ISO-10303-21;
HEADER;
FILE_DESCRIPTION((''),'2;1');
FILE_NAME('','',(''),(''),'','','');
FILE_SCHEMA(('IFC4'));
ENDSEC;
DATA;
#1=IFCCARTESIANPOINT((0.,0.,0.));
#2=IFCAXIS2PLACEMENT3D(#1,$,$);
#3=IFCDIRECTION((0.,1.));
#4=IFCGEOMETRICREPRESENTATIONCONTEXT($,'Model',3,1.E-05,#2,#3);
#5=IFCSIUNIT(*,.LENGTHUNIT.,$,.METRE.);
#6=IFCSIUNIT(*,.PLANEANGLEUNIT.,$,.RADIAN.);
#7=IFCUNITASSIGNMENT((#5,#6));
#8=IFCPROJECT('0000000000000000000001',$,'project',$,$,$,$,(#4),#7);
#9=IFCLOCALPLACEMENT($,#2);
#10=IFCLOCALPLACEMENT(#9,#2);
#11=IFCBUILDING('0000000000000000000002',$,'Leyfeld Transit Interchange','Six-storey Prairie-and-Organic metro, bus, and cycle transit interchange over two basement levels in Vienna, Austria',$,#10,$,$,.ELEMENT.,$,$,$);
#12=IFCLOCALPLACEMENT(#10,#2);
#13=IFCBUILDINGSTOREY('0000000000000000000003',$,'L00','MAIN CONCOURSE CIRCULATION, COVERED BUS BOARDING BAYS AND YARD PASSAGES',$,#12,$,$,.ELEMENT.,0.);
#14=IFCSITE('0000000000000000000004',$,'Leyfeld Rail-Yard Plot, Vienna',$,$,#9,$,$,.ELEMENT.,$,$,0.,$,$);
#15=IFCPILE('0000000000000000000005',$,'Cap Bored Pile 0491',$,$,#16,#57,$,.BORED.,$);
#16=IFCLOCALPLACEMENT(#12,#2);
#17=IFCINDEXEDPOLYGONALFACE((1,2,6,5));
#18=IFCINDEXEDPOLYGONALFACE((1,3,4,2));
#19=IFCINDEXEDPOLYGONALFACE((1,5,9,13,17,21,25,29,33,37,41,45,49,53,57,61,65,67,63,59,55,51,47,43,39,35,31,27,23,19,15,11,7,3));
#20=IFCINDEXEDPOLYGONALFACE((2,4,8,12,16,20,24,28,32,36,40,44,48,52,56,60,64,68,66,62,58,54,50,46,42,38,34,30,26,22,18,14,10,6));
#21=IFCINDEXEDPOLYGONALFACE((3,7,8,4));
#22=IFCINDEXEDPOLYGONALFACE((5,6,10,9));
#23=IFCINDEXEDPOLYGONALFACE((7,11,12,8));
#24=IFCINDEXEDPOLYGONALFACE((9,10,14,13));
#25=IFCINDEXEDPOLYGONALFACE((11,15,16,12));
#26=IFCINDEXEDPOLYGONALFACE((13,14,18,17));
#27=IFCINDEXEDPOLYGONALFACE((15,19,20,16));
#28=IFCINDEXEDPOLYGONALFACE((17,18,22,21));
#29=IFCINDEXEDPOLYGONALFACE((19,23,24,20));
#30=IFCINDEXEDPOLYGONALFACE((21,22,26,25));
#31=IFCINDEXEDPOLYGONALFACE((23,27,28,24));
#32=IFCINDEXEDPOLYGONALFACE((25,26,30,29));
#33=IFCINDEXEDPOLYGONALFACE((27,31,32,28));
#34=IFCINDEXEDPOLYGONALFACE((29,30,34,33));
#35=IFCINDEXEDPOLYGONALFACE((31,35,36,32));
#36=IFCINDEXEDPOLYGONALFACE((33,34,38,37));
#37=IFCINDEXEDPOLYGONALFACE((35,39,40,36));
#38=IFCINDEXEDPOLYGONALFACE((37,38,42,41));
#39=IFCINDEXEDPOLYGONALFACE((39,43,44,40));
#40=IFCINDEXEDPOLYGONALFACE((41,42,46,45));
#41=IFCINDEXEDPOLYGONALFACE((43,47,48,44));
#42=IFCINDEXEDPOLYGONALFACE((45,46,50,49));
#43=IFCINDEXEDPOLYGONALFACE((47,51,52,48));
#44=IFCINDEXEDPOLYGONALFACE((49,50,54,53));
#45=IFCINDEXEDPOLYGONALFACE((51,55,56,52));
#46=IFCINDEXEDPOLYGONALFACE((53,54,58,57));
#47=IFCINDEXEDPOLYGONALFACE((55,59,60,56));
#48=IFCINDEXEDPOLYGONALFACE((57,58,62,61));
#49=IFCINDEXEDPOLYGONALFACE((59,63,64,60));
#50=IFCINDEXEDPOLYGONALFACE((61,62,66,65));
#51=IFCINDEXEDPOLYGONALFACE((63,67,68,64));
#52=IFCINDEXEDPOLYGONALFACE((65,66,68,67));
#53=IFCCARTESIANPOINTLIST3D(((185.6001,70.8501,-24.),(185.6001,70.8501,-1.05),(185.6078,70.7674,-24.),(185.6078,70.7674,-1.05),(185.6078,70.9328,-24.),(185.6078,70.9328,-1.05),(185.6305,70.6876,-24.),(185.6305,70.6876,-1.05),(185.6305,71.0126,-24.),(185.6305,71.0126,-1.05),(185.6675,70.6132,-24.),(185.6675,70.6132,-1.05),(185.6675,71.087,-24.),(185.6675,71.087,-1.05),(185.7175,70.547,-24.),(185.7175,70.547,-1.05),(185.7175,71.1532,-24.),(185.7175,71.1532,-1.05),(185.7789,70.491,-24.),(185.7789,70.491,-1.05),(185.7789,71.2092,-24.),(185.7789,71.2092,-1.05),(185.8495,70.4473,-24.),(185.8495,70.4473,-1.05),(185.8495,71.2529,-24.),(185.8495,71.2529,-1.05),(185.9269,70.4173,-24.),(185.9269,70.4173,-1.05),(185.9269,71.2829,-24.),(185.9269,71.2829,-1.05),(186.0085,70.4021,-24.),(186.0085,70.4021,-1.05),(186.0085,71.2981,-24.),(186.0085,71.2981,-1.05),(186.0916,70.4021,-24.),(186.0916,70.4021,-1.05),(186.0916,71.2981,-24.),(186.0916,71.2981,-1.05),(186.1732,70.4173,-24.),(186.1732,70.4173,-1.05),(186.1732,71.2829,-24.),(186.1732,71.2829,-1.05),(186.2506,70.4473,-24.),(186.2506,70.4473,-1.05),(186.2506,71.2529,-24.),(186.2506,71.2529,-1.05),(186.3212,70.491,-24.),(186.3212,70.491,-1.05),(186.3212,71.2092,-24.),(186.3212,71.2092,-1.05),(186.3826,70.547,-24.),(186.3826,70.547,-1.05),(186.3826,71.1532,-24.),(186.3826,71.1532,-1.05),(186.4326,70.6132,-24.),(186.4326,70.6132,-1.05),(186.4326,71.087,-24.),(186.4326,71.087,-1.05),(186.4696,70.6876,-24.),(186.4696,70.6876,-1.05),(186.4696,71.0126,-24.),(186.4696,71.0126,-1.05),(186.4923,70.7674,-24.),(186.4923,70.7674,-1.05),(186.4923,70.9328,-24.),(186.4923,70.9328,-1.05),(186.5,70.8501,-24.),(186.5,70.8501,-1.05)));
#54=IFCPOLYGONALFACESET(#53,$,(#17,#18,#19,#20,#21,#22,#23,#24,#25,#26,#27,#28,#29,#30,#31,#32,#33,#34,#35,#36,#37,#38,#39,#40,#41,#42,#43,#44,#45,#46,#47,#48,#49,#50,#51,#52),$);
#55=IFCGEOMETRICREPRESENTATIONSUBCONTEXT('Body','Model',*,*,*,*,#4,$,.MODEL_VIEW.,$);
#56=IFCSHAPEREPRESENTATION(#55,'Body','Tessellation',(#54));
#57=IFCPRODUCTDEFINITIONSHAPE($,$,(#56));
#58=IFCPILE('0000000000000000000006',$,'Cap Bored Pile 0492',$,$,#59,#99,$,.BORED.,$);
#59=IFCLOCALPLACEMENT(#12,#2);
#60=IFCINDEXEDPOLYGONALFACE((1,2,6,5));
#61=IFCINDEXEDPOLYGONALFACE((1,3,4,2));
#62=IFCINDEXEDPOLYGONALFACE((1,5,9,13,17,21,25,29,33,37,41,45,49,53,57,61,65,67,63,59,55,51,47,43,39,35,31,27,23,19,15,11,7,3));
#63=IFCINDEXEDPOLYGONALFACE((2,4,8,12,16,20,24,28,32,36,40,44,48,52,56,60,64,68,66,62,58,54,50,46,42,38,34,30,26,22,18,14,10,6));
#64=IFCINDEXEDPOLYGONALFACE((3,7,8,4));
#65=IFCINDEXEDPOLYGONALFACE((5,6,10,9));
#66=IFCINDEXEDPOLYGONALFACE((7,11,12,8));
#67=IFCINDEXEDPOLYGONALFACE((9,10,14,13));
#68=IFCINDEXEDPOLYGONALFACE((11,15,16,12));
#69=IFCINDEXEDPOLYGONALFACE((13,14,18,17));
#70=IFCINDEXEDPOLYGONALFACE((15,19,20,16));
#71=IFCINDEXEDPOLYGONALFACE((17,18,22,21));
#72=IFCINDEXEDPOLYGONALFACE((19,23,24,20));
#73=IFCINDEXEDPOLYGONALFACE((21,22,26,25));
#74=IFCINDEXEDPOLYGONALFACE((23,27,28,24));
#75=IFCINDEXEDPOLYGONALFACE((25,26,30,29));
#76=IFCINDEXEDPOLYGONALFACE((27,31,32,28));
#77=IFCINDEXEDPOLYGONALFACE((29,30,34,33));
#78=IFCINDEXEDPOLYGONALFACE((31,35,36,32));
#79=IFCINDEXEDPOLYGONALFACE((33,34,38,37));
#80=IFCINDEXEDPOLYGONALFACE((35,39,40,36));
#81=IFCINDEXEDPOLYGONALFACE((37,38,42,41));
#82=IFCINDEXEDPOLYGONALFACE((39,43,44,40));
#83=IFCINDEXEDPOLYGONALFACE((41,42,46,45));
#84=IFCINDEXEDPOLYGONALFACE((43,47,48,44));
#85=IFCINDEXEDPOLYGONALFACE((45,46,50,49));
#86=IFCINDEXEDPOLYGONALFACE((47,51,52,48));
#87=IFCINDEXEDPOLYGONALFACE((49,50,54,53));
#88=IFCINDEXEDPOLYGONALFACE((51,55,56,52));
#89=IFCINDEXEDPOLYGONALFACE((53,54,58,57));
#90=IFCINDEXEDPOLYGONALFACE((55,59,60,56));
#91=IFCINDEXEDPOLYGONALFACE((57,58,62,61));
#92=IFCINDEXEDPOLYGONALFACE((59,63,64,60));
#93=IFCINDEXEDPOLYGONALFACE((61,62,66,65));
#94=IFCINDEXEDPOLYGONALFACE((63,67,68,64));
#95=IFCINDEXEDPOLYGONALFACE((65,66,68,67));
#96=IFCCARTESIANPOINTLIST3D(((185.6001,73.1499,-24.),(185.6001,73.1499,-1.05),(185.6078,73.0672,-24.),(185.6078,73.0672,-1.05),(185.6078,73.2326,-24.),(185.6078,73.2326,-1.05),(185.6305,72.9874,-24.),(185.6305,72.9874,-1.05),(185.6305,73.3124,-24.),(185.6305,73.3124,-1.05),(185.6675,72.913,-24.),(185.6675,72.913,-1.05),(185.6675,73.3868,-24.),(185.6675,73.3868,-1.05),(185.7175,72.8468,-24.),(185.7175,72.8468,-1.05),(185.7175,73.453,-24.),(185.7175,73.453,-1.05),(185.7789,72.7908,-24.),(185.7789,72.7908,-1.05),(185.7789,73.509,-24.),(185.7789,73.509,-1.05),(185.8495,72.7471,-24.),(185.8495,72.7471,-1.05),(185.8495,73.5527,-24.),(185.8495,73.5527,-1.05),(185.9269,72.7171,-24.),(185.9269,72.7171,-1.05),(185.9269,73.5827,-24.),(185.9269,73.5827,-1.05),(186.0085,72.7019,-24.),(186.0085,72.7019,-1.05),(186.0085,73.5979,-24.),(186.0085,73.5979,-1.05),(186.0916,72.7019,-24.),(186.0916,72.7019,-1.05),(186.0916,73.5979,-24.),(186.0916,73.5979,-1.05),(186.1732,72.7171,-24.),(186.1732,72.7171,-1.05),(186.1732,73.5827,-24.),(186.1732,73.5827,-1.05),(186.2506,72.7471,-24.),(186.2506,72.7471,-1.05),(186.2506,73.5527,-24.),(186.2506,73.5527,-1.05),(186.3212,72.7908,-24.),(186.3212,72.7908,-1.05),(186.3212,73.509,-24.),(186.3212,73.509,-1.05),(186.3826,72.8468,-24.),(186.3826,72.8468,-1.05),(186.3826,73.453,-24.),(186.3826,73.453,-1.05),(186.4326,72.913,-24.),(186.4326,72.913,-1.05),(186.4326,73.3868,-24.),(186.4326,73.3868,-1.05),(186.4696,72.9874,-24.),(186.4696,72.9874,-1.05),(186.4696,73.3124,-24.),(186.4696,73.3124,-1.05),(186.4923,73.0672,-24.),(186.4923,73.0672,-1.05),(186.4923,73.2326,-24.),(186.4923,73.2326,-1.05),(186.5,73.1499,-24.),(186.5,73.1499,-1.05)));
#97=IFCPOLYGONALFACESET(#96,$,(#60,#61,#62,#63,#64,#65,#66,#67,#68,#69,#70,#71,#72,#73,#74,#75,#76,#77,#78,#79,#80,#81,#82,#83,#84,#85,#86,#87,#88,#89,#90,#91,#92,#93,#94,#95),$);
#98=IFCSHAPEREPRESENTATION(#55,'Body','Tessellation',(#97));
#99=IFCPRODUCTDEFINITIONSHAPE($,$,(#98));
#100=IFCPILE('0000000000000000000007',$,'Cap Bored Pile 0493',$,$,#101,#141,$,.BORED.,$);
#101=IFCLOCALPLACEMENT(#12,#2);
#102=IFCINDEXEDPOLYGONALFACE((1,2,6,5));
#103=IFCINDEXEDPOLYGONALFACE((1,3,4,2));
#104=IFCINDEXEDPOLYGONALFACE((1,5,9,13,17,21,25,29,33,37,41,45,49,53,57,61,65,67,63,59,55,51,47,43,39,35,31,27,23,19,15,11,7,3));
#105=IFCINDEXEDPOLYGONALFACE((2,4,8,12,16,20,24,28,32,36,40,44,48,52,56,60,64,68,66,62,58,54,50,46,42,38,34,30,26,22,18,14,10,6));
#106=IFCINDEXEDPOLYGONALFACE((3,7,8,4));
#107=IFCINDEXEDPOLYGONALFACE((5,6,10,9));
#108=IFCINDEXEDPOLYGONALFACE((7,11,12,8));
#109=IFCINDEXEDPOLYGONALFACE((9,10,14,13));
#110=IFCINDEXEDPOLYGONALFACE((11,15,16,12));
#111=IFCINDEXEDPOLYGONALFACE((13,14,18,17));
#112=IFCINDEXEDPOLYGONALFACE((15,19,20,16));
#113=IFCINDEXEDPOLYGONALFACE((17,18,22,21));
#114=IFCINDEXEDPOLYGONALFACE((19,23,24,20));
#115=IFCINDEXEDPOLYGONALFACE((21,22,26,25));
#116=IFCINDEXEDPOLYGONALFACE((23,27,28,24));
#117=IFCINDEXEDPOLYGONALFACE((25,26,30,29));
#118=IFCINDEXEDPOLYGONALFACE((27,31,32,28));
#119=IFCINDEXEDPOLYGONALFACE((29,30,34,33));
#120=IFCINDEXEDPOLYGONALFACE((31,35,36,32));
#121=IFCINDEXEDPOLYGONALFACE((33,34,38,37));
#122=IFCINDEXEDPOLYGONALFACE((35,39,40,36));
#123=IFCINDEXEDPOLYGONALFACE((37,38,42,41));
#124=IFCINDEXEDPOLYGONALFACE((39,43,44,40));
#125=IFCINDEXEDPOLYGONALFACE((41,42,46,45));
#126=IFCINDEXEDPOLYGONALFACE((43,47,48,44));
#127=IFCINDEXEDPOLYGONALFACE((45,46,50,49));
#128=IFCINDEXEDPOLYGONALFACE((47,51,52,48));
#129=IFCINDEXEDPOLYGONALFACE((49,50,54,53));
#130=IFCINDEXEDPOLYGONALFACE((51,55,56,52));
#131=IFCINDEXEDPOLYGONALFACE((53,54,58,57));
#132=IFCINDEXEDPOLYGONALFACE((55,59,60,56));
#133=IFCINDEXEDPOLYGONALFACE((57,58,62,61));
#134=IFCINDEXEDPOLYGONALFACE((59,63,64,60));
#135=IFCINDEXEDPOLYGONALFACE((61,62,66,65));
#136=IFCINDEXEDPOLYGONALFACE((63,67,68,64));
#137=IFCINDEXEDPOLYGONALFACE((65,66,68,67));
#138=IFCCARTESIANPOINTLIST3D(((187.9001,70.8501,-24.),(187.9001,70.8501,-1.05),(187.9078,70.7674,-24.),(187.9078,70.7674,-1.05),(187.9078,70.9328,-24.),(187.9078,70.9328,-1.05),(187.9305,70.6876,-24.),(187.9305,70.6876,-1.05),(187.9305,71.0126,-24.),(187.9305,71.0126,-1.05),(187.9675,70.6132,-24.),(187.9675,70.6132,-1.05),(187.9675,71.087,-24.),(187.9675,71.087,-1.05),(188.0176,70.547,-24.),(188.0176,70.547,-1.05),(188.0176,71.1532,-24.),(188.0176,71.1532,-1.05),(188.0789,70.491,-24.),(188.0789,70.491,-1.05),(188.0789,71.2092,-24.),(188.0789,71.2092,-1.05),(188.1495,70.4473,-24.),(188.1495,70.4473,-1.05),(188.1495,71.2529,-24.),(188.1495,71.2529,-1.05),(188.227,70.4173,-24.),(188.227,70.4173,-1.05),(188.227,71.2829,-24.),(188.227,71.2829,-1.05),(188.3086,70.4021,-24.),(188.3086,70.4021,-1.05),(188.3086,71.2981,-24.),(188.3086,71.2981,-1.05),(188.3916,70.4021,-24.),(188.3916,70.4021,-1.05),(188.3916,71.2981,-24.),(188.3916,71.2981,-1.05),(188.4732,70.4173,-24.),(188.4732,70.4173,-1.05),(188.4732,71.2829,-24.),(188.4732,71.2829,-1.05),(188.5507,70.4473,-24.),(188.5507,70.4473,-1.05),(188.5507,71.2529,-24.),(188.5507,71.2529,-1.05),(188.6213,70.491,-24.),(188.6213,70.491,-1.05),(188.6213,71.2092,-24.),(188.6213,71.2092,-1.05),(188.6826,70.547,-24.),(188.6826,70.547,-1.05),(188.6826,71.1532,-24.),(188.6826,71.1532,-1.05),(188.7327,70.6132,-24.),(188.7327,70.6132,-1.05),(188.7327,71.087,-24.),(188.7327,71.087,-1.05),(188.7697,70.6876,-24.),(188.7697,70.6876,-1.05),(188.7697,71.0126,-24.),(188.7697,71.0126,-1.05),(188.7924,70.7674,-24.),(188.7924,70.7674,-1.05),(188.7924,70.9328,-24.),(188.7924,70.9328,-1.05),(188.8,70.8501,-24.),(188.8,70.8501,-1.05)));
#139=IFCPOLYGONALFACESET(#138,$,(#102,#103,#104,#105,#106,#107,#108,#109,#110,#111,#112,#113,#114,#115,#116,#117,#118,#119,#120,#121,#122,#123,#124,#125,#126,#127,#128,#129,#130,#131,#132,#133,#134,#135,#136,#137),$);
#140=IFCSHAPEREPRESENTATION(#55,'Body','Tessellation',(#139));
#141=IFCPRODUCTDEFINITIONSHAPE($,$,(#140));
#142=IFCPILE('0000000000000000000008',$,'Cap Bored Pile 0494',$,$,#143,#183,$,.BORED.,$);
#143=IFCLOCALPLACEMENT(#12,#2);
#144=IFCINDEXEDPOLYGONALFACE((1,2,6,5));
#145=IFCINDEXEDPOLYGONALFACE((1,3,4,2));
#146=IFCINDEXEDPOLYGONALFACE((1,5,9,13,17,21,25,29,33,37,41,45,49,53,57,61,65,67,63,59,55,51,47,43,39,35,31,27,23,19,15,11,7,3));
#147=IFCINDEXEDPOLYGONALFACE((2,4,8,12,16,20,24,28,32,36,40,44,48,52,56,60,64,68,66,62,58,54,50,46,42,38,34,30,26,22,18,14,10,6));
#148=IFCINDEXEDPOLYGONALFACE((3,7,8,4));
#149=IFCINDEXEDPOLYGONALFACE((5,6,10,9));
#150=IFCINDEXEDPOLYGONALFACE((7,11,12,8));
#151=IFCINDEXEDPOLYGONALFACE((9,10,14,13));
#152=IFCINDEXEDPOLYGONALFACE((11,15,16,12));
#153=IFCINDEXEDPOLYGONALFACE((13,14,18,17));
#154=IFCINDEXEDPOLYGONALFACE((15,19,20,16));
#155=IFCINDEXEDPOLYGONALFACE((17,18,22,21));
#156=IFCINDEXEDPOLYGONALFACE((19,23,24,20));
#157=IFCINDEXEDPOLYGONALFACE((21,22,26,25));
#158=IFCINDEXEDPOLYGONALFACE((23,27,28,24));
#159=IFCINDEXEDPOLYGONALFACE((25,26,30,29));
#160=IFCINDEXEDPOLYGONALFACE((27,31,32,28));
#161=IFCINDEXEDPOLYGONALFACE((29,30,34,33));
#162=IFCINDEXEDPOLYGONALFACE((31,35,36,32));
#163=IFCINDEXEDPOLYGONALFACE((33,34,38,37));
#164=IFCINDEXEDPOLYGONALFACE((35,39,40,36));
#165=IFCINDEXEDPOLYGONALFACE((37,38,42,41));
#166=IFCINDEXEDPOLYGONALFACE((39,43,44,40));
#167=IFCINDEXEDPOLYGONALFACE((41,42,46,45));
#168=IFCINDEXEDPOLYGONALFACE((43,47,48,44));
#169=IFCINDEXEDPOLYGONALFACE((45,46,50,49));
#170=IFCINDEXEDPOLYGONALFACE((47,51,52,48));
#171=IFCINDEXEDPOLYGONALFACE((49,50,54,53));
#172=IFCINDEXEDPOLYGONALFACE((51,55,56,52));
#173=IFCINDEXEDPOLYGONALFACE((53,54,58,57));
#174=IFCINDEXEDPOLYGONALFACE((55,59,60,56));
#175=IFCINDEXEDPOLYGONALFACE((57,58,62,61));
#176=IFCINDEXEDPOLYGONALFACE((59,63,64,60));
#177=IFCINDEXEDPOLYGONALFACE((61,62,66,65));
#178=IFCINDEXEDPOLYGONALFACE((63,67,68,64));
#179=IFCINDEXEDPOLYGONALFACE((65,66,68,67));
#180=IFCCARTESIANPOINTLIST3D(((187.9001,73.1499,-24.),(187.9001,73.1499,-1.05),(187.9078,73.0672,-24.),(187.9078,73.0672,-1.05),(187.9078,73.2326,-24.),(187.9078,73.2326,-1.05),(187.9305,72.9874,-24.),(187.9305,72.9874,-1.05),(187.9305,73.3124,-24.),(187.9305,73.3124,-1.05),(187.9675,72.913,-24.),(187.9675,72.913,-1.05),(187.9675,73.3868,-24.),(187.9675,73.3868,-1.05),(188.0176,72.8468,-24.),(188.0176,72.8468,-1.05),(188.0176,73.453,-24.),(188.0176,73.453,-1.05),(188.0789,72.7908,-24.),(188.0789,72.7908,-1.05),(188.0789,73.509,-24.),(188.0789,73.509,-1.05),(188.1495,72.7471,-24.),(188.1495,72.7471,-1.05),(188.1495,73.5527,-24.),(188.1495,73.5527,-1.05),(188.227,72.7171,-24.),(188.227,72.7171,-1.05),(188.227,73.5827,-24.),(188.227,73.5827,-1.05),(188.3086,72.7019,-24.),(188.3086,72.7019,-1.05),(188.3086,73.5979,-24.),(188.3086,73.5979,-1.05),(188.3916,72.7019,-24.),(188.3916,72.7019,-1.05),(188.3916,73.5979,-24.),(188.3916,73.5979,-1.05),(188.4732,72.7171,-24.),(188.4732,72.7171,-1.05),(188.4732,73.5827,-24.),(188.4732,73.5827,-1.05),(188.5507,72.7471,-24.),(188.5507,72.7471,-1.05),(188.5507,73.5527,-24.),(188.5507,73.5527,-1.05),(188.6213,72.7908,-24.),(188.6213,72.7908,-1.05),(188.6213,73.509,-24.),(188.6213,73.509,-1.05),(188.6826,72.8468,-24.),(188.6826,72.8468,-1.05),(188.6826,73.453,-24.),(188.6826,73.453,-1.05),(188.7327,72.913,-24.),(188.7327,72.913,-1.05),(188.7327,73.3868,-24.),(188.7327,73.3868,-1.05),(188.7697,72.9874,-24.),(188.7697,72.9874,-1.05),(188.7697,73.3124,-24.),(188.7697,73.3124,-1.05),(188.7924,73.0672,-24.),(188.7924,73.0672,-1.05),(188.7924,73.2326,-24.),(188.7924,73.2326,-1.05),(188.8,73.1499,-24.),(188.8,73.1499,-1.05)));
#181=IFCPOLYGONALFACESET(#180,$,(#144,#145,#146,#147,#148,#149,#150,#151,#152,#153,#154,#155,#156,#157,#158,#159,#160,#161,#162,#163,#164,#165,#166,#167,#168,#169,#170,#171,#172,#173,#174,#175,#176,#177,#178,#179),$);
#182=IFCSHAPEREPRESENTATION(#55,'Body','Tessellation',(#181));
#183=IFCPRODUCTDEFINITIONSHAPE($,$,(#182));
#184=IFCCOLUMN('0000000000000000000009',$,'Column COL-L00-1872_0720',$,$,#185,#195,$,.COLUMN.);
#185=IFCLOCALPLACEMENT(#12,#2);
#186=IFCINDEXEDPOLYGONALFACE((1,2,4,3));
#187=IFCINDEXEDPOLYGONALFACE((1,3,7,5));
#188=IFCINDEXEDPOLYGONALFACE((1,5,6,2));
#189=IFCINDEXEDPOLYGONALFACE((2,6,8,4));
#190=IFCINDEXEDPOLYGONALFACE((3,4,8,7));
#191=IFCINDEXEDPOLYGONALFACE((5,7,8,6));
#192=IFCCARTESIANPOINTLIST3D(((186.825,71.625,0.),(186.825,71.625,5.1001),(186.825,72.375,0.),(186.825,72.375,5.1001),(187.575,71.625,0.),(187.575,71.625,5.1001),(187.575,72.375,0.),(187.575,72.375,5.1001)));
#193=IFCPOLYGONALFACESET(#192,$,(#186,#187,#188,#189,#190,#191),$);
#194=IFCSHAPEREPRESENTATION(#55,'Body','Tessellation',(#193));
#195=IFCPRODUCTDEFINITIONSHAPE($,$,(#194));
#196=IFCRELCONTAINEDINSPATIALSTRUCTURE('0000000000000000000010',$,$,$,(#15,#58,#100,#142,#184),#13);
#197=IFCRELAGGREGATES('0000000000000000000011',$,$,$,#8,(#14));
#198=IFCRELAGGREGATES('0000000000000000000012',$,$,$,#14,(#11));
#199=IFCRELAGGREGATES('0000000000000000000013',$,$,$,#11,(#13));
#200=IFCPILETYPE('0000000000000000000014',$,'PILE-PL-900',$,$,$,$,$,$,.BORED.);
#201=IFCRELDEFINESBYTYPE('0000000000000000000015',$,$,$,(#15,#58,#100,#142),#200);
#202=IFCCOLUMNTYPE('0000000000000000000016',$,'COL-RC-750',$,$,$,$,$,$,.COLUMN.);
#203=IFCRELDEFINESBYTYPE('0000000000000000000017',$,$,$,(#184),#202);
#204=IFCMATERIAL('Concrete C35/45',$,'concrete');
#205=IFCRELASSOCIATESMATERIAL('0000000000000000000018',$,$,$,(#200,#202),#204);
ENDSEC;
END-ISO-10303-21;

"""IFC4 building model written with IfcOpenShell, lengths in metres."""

from ifc_helpers import new_model, si_unit, direction, frame, origin, origin_2d, place, context, subcontext, project, spatial, rectangle, circle, extrude, material, material_profile, profile_set, type_object, element, save


model = new_model("IFC4")

# Units and contexts
model_context = context("Model", 3, precision=1e-05, world=origin(), true_north=direction((0.0, 1.0)))
body_context = subcontext(model_context, "Body", "Model", "MODEL_VIEW")
ifc_project = project(units=[si_unit("LENGTHUNIT", "METRE"), si_unit("PLANEANGLEUNIT", "RADIAN")], contexts=[model_context])

# Site, building, storey
site_placement = place(None, origin())
site = spatial("IfcSite", under=ifc_project, at=site_placement, Name="Leyfeld Rail-Yard Plot, Vienna", CompositionType="ELEMENT", RefElevation=0.0)
building_placement = place(site_placement, origin())
building = spatial("IfcBuilding", under=site, at=building_placement, Name="Leyfeld Transit Interchange", Description="Six-storey Prairie-and-Organic metro, bus, and cycle transit interchange over two basement levels in Vienna, Austria", CompositionType="ELEMENT")
storey_placement = place(building_placement, origin())
storey = spatial("IfcBuildingStorey", under=building, at=storey_placement, Name="L00", Description="MAIN CONCOURSE CIRCULATION, COVERED BUS BOARDING BAYS AND YARD PASSAGES", CompositionType="ELEMENT", Elevation=0.0)

# Shared definitions
ifc_material_1 = material(Name="Concrete C35/45", Category="concrete")

# Piles
ifc_material_profile_1 = material_profile(ifc_material_1, circle(Radius=0.45, at=origin_2d()), Name="PILE D900")
ifc_profile_set_1 = profile_set([ifc_material_profile_1], Name="Concrete C35/45")
pile_type = type_object("IfcPileType", Name="PILE-PL-900", PredefinedType="BORED", material=ifc_profile_set_1)
for number, where, z_axis, x_axis, name in (
    (1, (186.05, 70.8501, -1.05), (0.0, 0.0, -1.0), (1.0, 0.0, 0.0), "Cap Bored Pile 0491"),
    (2, (186.05, 73.1499, -1.05), (0.0, 0.0, -1.0), (1.0, 0.0, 0.0), "Cap Bored Pile 0492"),
    (3, (188.3501, 70.8501, -1.05), (0.0, 0.0, -1.0), (1.0, 0.0, 0.0), "Cap Bored Pile 0493"),
    (4, (188.3501, 73.1499, -1.05), (0.0, 0.0, -1.0), (1.0, 0.0, 0.0), "Cap Bored Pile 0494"),
):
    element("IfcPile", number, at=place(storey_placement, frame(where, z_axis=z_axis, x_axis=x_axis)), inside=storey, type_object=pile_type, Name=name, PredefinedType="BORED", context=body_context, shape_type="SweptSolid", body=[
        extrude(circle(Radius=0.45, at=origin_2d()), origin(), (0.0, 0.0, 1.0), 22.95),
    ])

# Column
ifc_material_profile_2 = material_profile(ifc_material_1, rectangle(XDim=0.75, YDim=0.75, at=origin_2d()), Name="RC 750x750")
ifc_profile_set_2 = profile_set([ifc_material_profile_2], Name="Concrete C35/45")
column_type = type_object("IfcColumnType", Name="COL-RC-750", PredefinedType="COLUMN", material=ifc_profile_set_2)
column_placement = place(storey_placement, frame((187.2, 72.0, 0.0), z_axis=(0.0, 0.0, 1.0), x_axis=(1.0, 0.0, 0.0)))
element("IfcColumn", 5, at=column_placement, inside=storey, type_object=column_type, Name="Column COL-L00-1872_0720", PredefinedType="COLUMN", context=body_context, shape_type="SweptSolid", body=[
    extrude(rectangle(XDim=0.75, YDim=0.75, at=origin_2d()), origin(), (0.0, 0.0, 1.0), 5.1001),
])

save(model, "model.ifc")
